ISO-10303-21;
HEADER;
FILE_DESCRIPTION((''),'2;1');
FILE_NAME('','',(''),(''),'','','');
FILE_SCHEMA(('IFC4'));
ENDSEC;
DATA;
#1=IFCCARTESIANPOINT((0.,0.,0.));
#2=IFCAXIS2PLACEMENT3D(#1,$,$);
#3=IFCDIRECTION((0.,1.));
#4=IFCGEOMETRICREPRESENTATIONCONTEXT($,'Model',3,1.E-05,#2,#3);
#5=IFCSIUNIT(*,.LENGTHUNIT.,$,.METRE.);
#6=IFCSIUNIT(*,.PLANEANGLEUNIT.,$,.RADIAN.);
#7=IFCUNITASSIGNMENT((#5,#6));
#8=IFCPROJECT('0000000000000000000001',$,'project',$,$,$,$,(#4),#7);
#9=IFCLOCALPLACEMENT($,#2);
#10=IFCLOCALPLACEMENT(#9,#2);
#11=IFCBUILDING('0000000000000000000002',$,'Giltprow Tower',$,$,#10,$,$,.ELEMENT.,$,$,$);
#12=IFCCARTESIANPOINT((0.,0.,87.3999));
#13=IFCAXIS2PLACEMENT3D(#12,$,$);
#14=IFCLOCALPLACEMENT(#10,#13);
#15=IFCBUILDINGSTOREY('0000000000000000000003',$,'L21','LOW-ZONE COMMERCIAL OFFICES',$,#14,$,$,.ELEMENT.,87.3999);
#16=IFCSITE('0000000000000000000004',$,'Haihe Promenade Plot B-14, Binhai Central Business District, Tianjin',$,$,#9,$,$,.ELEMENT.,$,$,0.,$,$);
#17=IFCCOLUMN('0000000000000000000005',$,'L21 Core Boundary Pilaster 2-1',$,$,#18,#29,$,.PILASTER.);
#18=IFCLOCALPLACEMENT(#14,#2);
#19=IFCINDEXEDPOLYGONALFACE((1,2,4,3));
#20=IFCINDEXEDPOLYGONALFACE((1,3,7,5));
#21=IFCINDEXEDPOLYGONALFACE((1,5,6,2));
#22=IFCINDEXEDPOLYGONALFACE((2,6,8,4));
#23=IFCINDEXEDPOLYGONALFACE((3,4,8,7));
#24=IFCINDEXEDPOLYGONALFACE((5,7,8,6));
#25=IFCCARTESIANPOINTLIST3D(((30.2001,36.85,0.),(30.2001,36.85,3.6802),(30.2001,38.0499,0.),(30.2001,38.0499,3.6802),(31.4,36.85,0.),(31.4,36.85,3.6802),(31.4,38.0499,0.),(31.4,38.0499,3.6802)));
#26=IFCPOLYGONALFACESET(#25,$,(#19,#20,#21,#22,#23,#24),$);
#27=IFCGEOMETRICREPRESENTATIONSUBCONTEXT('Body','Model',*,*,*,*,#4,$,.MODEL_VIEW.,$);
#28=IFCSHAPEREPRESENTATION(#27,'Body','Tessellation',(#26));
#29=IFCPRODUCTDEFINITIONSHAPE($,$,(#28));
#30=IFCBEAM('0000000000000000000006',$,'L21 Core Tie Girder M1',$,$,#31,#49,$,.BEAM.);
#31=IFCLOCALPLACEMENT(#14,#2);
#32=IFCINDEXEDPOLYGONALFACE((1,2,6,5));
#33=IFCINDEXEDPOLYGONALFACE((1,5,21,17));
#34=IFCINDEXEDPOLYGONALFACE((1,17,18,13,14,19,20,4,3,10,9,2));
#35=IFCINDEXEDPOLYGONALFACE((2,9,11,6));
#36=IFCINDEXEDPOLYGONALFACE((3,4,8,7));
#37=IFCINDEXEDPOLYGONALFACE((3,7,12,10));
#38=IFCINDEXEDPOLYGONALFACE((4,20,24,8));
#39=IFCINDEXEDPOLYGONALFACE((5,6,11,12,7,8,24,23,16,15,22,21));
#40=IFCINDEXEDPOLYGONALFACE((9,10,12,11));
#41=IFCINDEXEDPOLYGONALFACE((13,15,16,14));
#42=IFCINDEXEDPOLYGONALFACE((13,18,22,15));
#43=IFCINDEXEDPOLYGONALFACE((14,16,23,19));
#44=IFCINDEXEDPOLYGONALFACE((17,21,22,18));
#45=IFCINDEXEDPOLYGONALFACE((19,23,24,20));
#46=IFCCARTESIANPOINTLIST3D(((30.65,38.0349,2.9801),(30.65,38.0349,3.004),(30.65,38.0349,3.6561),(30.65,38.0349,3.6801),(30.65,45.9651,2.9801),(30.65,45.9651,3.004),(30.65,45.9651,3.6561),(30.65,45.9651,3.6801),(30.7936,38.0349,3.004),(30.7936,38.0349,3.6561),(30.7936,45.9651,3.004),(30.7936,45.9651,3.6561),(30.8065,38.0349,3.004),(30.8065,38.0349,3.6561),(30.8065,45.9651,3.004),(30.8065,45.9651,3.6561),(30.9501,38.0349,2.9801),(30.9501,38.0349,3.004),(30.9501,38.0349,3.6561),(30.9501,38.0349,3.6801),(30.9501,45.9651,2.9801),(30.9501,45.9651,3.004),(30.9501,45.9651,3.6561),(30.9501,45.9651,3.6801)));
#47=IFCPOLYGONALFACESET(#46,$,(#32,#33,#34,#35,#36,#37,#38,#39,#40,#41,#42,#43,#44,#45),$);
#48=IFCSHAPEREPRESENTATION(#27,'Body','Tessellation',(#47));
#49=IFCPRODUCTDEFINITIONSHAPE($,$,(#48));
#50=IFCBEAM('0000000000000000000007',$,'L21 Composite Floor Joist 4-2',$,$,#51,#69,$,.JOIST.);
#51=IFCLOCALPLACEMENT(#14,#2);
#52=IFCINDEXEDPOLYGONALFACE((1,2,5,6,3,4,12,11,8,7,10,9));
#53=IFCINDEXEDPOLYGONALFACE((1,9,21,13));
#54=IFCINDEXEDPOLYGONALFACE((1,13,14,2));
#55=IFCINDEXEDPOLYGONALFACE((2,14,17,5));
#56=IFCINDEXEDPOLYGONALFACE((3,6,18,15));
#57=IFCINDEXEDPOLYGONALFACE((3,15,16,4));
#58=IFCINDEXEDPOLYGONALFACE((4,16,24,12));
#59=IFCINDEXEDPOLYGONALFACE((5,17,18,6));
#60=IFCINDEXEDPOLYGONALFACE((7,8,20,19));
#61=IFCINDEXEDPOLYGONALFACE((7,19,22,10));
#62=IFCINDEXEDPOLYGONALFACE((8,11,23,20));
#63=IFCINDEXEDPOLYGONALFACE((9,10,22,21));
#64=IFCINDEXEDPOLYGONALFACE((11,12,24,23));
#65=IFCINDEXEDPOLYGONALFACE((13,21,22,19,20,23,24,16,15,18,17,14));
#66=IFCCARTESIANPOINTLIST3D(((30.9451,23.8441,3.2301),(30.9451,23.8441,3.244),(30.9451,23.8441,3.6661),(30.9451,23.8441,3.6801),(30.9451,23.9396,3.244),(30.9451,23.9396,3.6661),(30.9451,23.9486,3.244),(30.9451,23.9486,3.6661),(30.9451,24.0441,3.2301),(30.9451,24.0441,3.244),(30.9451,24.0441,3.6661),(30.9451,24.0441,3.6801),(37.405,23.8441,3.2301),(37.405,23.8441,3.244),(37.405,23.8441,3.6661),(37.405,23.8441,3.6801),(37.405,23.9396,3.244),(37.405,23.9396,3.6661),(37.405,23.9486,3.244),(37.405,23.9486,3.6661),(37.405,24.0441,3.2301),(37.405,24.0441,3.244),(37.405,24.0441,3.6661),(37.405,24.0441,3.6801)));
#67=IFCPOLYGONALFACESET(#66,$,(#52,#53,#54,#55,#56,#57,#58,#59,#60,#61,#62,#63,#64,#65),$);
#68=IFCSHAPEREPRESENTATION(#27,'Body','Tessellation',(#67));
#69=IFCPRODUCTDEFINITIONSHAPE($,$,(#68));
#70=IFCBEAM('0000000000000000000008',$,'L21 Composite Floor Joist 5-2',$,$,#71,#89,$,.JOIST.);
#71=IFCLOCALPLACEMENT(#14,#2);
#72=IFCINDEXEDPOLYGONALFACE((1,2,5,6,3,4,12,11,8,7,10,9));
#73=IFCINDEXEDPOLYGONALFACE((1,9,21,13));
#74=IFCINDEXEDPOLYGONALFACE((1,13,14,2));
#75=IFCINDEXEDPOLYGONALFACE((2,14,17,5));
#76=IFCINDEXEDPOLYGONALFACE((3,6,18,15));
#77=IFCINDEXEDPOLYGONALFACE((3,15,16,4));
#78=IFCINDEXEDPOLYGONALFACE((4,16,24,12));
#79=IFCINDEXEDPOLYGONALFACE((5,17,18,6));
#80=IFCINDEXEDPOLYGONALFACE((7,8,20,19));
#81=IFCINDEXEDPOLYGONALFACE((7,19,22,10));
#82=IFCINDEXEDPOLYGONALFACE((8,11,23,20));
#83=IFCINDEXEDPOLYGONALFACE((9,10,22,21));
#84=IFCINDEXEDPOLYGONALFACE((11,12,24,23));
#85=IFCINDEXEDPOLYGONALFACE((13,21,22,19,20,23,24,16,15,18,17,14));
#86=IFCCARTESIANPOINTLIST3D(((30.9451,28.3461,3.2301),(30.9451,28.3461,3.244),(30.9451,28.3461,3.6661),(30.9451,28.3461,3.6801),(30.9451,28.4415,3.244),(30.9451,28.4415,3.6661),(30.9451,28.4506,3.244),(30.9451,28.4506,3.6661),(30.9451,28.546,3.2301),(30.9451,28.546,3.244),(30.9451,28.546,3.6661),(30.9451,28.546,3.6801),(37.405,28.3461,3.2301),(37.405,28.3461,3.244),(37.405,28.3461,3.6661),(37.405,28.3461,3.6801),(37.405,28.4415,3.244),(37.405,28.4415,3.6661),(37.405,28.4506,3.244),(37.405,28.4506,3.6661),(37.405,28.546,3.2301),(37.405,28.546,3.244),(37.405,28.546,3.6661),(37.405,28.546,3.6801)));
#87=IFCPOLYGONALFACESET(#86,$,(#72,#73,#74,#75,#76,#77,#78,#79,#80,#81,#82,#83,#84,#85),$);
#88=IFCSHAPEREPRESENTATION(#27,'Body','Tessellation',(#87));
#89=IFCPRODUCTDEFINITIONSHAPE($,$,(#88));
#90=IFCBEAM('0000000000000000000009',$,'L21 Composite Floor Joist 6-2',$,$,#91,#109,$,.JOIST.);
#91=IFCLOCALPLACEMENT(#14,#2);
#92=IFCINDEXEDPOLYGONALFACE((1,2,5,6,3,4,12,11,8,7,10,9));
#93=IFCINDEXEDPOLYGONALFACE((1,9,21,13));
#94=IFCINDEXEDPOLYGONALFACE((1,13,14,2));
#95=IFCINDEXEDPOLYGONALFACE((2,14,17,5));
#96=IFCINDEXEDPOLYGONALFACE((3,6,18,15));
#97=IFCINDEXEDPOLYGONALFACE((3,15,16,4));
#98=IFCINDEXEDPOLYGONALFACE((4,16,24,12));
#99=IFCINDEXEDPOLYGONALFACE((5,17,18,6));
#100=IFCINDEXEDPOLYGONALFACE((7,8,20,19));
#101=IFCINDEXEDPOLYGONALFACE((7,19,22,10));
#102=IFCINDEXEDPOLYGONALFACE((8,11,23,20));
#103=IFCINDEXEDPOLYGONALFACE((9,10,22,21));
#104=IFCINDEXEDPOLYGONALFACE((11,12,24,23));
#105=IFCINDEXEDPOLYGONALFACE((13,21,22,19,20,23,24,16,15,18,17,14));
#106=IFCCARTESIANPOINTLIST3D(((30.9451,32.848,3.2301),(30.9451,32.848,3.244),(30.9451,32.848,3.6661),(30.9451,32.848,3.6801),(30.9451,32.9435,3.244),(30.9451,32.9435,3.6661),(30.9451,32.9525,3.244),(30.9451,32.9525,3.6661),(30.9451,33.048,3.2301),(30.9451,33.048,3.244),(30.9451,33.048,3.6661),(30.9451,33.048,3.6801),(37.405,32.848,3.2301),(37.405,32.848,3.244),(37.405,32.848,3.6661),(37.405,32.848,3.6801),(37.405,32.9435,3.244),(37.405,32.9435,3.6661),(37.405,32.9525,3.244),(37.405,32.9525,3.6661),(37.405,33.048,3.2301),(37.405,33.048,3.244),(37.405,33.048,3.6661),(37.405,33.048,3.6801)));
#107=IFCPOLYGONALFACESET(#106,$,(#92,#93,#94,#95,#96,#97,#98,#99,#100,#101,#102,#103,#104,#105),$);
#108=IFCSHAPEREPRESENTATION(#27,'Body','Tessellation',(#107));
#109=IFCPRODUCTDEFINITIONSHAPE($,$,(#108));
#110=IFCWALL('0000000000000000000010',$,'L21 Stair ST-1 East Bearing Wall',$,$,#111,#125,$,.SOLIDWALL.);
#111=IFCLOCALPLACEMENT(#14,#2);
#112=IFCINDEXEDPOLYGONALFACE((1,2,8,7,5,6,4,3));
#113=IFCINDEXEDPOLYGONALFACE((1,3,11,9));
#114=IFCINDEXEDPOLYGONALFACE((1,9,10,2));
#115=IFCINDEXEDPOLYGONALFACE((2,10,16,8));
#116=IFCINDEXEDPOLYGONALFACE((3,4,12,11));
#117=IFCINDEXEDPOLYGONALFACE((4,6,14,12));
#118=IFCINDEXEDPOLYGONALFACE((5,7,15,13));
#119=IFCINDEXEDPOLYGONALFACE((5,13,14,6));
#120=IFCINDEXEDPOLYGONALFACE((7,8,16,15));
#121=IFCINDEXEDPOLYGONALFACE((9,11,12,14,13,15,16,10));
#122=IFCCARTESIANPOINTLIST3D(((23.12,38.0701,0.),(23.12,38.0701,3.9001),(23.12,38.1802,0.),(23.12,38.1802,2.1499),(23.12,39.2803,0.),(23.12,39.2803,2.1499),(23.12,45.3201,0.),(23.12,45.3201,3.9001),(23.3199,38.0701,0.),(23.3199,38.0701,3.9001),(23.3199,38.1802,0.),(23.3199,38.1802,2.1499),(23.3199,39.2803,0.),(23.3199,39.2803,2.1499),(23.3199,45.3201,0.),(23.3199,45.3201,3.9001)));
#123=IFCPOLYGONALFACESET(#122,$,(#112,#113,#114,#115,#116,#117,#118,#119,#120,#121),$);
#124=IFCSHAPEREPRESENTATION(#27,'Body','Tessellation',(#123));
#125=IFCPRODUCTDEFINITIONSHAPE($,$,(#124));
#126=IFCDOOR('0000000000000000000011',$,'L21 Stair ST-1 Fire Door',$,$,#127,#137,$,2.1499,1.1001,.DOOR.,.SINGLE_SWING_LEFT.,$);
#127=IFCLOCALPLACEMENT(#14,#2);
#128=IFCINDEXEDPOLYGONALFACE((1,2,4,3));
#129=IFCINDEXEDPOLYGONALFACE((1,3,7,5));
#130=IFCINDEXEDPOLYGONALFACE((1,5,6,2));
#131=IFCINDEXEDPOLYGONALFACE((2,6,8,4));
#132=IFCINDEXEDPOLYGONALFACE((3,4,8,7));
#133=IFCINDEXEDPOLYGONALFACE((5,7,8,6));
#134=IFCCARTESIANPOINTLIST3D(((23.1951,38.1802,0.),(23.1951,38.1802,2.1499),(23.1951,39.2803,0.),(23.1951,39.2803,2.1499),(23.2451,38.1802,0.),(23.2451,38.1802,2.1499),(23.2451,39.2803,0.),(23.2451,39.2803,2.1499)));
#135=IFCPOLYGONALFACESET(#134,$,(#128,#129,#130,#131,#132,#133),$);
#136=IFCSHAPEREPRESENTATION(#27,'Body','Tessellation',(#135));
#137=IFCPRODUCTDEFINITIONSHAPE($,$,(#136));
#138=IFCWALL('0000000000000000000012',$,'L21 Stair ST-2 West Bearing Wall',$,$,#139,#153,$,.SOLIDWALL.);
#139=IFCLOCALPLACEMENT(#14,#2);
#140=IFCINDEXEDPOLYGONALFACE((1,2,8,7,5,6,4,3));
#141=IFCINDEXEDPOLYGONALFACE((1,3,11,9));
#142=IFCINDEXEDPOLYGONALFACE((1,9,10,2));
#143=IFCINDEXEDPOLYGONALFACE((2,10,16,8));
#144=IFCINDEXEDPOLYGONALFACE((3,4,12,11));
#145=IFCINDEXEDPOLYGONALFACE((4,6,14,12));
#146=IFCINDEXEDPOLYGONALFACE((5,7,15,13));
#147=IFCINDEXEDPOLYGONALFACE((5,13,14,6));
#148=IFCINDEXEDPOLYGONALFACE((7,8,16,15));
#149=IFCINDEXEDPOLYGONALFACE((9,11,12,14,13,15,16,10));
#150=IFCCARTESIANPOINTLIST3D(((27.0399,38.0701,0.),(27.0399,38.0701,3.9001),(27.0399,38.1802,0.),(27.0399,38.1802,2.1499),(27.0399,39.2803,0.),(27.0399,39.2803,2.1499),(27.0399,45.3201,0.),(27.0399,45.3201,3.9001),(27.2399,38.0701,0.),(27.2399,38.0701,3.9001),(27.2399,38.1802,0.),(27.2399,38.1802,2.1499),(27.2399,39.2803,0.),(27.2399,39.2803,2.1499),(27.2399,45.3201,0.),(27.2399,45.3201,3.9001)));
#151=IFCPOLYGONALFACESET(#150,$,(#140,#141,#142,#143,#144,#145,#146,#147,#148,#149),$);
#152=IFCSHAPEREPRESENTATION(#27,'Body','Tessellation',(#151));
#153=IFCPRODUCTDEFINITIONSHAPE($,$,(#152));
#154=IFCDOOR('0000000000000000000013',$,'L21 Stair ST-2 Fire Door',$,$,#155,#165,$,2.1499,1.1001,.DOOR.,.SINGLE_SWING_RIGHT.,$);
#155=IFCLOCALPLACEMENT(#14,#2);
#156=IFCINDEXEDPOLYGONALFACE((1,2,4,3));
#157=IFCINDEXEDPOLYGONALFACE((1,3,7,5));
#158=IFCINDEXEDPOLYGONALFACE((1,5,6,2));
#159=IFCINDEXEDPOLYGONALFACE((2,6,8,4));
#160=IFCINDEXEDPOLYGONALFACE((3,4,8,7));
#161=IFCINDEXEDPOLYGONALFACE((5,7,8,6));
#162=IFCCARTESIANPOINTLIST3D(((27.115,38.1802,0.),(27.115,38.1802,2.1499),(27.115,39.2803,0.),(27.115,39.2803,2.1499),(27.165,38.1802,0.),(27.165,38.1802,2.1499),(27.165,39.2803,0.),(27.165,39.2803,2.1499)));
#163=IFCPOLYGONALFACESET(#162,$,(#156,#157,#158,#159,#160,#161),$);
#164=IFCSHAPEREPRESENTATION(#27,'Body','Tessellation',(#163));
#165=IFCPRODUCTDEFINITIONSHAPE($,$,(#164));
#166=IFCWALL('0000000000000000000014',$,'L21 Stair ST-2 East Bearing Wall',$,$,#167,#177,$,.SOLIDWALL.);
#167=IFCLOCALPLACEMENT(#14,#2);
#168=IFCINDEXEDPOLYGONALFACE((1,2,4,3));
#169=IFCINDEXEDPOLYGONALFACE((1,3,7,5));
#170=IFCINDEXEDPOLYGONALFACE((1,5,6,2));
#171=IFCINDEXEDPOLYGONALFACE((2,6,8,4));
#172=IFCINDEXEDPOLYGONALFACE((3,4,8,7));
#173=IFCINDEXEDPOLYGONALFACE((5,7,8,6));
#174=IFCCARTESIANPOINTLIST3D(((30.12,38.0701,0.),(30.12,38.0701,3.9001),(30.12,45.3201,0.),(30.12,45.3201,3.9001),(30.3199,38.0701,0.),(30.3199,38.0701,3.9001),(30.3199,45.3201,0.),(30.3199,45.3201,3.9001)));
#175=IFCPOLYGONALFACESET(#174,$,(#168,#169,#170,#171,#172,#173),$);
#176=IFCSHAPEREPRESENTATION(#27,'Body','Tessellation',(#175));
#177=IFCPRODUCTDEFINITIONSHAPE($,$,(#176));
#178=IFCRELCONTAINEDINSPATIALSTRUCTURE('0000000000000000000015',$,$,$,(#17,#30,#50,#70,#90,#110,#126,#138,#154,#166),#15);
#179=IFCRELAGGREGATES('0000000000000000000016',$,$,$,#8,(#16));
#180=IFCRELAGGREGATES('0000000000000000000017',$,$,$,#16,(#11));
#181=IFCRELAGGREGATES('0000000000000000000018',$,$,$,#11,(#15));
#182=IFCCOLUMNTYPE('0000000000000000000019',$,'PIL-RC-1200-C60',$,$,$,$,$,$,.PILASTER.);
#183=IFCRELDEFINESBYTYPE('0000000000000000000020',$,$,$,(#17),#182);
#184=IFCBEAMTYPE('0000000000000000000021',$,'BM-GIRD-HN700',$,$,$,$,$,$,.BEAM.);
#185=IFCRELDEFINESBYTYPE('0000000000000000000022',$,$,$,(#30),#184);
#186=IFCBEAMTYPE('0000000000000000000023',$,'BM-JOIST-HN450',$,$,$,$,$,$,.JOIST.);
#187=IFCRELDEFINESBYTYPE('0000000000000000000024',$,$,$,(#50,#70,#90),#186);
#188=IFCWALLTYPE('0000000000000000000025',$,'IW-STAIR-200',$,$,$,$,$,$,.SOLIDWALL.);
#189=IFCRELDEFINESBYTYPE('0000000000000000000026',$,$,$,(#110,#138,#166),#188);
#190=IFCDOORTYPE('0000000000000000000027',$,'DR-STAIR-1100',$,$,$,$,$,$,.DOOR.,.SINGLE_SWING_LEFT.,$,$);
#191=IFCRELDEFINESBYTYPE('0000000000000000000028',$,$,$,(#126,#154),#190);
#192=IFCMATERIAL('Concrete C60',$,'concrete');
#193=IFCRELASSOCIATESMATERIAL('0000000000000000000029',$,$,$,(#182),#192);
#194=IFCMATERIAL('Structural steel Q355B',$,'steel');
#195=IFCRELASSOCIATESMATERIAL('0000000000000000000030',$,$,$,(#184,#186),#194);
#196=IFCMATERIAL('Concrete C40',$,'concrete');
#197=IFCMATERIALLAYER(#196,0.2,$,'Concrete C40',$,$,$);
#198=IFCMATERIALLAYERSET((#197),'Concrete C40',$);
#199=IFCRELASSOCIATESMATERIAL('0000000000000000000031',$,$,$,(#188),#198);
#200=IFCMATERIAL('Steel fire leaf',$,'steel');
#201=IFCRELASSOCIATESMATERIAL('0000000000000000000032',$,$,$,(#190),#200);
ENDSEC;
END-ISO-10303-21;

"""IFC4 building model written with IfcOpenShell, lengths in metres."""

from ifc_helpers import new_model, si_unit, direction, frame, frame_2d, origin, origin_2d, place, context, subcontext, project, spatial, rectangle, i_section, extrude, source, transform, mapped, material, layer, layer_set, material_profile, profile_set, type_object, element, fill, save


model = new_model("IFC4")

# Units and contexts
model_context = context("Model", 3, precision=1e-05, world=origin(), true_north=direction((0.0, 1.0)))
body_context = subcontext(model_context, "Body", "Model", "MODEL_VIEW")
ifc_project = project(units=[si_unit("LENGTHUNIT", "METRE"), si_unit("PLANEANGLEUNIT", "RADIAN")], contexts=[model_context])

# Site, building, storey
site_placement = place(None, origin())
site = spatial("IfcSite", under=ifc_project, at=site_placement, Name="Haihe Promenade Plot B-14, Binhai Central Business District, Tianjin", CompositionType="ELEMENT", RefElevation=0.0)
building_placement = place(site_placement, origin())
building = spatial("IfcBuilding", under=site, at=building_placement, Name="Giltprow Tower", CompositionType="ELEMENT")
storey_placement = place(building_placement, frame((0.0, 0.0, 87.3999)))
storey = spatial("IfcBuildingStorey", under=building, at=storey_placement, Name="L21", Description="LOW-ZONE COMMERCIAL OFFICES", CompositionType="ELEMENT", Elevation=87.3999)

# Column
ifc_material_1 = material(Name="Concrete C60", Category="concrete")
ifc_material_profile_1 = material_profile(ifc_material_1, rectangle(XDim=1.2, YDim=1.2, at=origin_2d()), Name="RC 1200x1200")
ifc_profile_set_1 = profile_set([ifc_material_profile_1], Name="Concrete C60")
column_type = type_object("IfcColumnType", Name="PIL-RC-1200-C60", PredefinedType="PILASTER", material=ifc_profile_set_1)
shared_shape_1 = source(origin(), body_context, "Body", "SweptSolid", [
    extrude(rectangle(XDim=1.2, YDim=1.2, at=origin_2d()), origin(), (0.0, 0.0, 1.0), 3.6802),
])
column_placement = place(storey_placement, frame((30.8, 37.45, 0.0), z_axis=(0.0, 0.0, 1.0), x_axis=(1.0, 0.0, 0.0)))
element("IfcColumn", 1, at=column_placement, inside=storey, type_object=column_type, Name="L21 Core Boundary Pilaster 2-1", PredefinedType="PILASTER", context=body_context, shape_type="MappedRepresentation", body=[
    mapped(shared_shape_1, transform((0.0, 0.0, 0.0), x_axis=(1.0, 0.0, 0.0), y_axis=(0.0, 1.0, 0.0), z_axis=(0.0, 0.0, 1.0), scale=1.0)),
])

# Beams
ifc_material_2 = material(Name="Structural steel Q355B", Category="steel")
ifc_material_profile_2 = material_profile(ifc_material_2, i_section(OverallWidth=0.3, OverallDepth=0.7, WebThickness=0.0129, FlangeThickness=0.0239, at=origin_2d()), Name="HN 700x300x13x24")
ifc_profile_set_2 = profile_set([ifc_material_profile_2], Name="Structural steel Q355B")
beam_type_1 = type_object("IfcBeamType", Name="BM-GIRD-HN700", PredefinedType="BEAM", material=ifc_profile_set_2)
shared_shape_2 = source(origin(), body_context, "Body", "SweptSolid", [
    extrude(i_section(OverallWidth=0.3, OverallDepth=0.7, WebThickness=0.0129, FlangeThickness=0.0239, at=origin_2d()), origin(), (0.0, 0.0, 1.0), 7.9302),
])
beam_placement = place(storey_placement, frame((30.8, 38.0349, 3.3301), z_axis=(0.0, 1.0, 0.0), x_axis=(-1.0, 0.0, 0.0)))
element("IfcBeam", 2, at=beam_placement, inside=storey, type_object=beam_type_1, Name="L21 Core Tie Girder M1", PredefinedType="BEAM", context=body_context, shape_type="MappedRepresentation", body=[
    mapped(shared_shape_2, transform((0.0, 0.0, 0.0), x_axis=(1.0, 0.0, 0.0), y_axis=(0.0, 1.0, 0.0), z_axis=(0.0, 0.0, 1.0), scale=1.0)),
])
ifc_material_profile_3 = material_profile(ifc_material_2, i_section(OverallWidth=0.2, OverallDepth=0.45, WebThickness=0.009, FlangeThickness=0.0139, at=origin_2d()), Name="HN 450x200x9x14")
ifc_profile_set_3 = profile_set([ifc_material_profile_3], Name="Structural steel Q355B")
beam_type_2 = type_object("IfcBeamType", Name="BM-JOIST-HN450", PredefinedType="JOIST", material=ifc_profile_set_3)
shared_shape_3 = source(origin(), body_context, "Body", "SweptSolid", [
    extrude(i_section(OverallWidth=0.2, OverallDepth=0.45, WebThickness=0.009, FlangeThickness=0.0139, at=origin_2d()), origin(), (0.0, 0.0, 1.0), 6.46),
])
for number, where, z_axis, x_axis, name in (
    (3, (30.9451, 23.9441, 3.4551), (1.0, 0.0, 0.0), (0.0, 1.0, 0.0), "L21 Composite Floor Joist 4-2"),
    (4, (30.9451, 28.446, 3.4551), (1.0, 0.0, 0.0), (0.0, 1.0, 0.0), "L21 Composite Floor Joist 5-2"),
    (5, (30.9451, 32.948, 3.4551), (1.0, 0.0, 0.0), (0.0, 1.0, 0.0), "L21 Composite Floor Joist 6-2"),
):
    element("IfcBeam", number, at=place(storey_placement, frame(where, z_axis=z_axis, x_axis=x_axis)), inside=storey, type_object=beam_type_2, Name=name, PredefinedType="JOIST", context=body_context, shape_type="MappedRepresentation", body=[
        mapped(shared_shape_3, transform((0.0, 0.0, 0.0), x_axis=(1.0, 0.0, 0.0), y_axis=(0.0, 1.0, 0.0), z_axis=(0.0, 0.0, 1.0), scale=1.0)),
    ])

# Walls, openings, doors
ifc_material_3 = material(Name="Concrete C40", Category="concrete")
ifc_layer_1 = layer(ifc_material_3, 0.2, Name="Concrete C40")
ifc_layer_set_1 = layer_set([ifc_layer_1], Name="Concrete C40")
wall_type_1 = type_object("IfcWallType", Name="IW-STAIR-200", PredefinedType="SOLIDWALL", material=ifc_layer_set_1)
wall_1_placement = place(storey_placement, frame((23.22, 38.0701, 0.0), z_axis=(0.0, 0.0, 1.0), x_axis=(0.0, 1.0, 0.0)))
wall_1 = element("IfcWall", 6, at=wall_1_placement, inside=storey, type_object=wall_type_1, Name="L21 Stair ST-1 East Bearing Wall", PredefinedType="SOLIDWALL", context=body_context, shape_type="SweptSolid", body=[
    extrude(rectangle(XDim=7.25, YDim=0.2, at=frame_2d((3.625, 0.0))), origin(), (0.0, 0.0, 1.0), 3.9001),
])
opening_1_placement = place(wall_1_placement, frame((0.1101, 0.0, 0.0)))
opening_1 = element("IfcOpeningElement", 7, at=opening_1_placement, cuts=wall_1, PredefinedType="OPENING", context=body_context, shape_type="SweptSolid", body=[
    extrude(rectangle(XDim=1.1001, YDim=2.1499, at=frame_2d((0.55, 1.075))), frame((0.0, 0.1099, 0.0), z_axis=(0.0, -1.0, 0.0), x_axis=(1.0, 0.0, 0.0)), (0.0, 0.0, 1.0), 0.22),
])
ifc_material_4 = material(Name="Steel fire leaf", Category="steel")
door_type_1 = type_object("IfcDoorType", Name="DR-STAIR-1100", OperationType="SINGLE_SWING_LEFT", PredefinedType="DOOR", material=ifc_material_4)
shared_shape_4 = source(origin(), body_context, "Body", "SweptSolid", [
    extrude(rectangle(XDim=1.1001, YDim=2.1499, at=frame_2d((0.55, 1.075))), frame((0.0, 0.0249, 0.0), z_axis=(0.0, -1.0, 0.0), x_axis=(1.0, 0.0, 0.0)), (0.0, 0.0, 1.0), 0.05),
])
door_1_placement = place(opening_1_placement, origin())
door_1 = element("IfcDoor", 8, at=door_1_placement, inside=storey, type_object=door_type_1, Name="L21 Stair ST-1 Fire Door", OperationType="SINGLE_SWING_LEFT", OverallHeight=2.1499, OverallWidth=1.1001, PredefinedType="DOOR", context=body_context, shape_type="MappedRepresentation", body=[
    mapped(shared_shape_4, transform((0.0, 0.0, 0.0), x_axis=(1.0, 0.0, 0.0), y_axis=(0.0, 1.0, 0.0), z_axis=(0.0, 0.0, 1.0), scale=1.0)),
])
fill(opening_1, door_1)
wall_2_placement = place(storey_placement, frame((27.1399, 38.0701, 0.0), z_axis=(0.0, 0.0, 1.0), x_axis=(0.0, 1.0, 0.0)))
wall_2 = element("IfcWall", 9, at=wall_2_placement, inside=storey, type_object=wall_type_1, Name="L21 Stair ST-2 West Bearing Wall", PredefinedType="SOLIDWALL", context=body_context, shape_type="SweptSolid", body=[
    extrude(rectangle(XDim=7.25, YDim=0.2, at=frame_2d((3.625, 0.0))), origin(), (0.0, 0.0, 1.0), 3.9001),
])
opening_2_placement = place(wall_2_placement, frame((0.1101, 0.0, 0.0)))
opening_2 = element("IfcOpeningElement", 10, at=opening_2_placement, cuts=wall_2, PredefinedType="OPENING", context=body_context, shape_type="SweptSolid", body=[
    extrude(rectangle(XDim=1.1001, YDim=2.1499, at=frame_2d((0.55, 1.075))), frame((0.0, 0.1099, 0.0), z_axis=(0.0, -1.0, 0.0), x_axis=(1.0, 0.0, 0.0)), (0.0, 0.0, 1.0), 0.22),
])
door_2_placement = place(opening_2_placement, origin())
door_2 = element("IfcDoor", 11, at=door_2_placement, inside=storey, type_object=door_type_1, Name="L21 Stair ST-2 Fire Door", OperationType="SINGLE_SWING_RIGHT", OverallHeight=2.1499, OverallWidth=1.1001, PredefinedType="DOOR", context=body_context, shape_type="MappedRepresentation", body=[
    mapped(shared_shape_4, transform((0.0, 0.0, 0.0), x_axis=(1.0, 0.0, 0.0), y_axis=(0.0, 1.0, 0.0), z_axis=(0.0, 0.0, 1.0), scale=1.0)),
])
fill(opening_2, door_2)

# Wall
wall_3_placement = place(storey_placement, frame((30.22, 38.0701, 0.0), z_axis=(0.0, 0.0, 1.0), x_axis=(0.0, 1.0, 0.0)))
element("IfcWall", 12, at=wall_3_placement, inside=storey, type_object=wall_type_1, Name="L21 Stair ST-2 East Bearing Wall", PredefinedType="SOLIDWALL", context=body_context, shape_type="SweptSolid", body=[
    extrude(rectangle(XDim=7.25, YDim=0.2, at=frame_2d((3.625, 0.0))), origin(), (0.0, 0.0, 1.0), 3.9001),
])

save(model, "model.ifc")
